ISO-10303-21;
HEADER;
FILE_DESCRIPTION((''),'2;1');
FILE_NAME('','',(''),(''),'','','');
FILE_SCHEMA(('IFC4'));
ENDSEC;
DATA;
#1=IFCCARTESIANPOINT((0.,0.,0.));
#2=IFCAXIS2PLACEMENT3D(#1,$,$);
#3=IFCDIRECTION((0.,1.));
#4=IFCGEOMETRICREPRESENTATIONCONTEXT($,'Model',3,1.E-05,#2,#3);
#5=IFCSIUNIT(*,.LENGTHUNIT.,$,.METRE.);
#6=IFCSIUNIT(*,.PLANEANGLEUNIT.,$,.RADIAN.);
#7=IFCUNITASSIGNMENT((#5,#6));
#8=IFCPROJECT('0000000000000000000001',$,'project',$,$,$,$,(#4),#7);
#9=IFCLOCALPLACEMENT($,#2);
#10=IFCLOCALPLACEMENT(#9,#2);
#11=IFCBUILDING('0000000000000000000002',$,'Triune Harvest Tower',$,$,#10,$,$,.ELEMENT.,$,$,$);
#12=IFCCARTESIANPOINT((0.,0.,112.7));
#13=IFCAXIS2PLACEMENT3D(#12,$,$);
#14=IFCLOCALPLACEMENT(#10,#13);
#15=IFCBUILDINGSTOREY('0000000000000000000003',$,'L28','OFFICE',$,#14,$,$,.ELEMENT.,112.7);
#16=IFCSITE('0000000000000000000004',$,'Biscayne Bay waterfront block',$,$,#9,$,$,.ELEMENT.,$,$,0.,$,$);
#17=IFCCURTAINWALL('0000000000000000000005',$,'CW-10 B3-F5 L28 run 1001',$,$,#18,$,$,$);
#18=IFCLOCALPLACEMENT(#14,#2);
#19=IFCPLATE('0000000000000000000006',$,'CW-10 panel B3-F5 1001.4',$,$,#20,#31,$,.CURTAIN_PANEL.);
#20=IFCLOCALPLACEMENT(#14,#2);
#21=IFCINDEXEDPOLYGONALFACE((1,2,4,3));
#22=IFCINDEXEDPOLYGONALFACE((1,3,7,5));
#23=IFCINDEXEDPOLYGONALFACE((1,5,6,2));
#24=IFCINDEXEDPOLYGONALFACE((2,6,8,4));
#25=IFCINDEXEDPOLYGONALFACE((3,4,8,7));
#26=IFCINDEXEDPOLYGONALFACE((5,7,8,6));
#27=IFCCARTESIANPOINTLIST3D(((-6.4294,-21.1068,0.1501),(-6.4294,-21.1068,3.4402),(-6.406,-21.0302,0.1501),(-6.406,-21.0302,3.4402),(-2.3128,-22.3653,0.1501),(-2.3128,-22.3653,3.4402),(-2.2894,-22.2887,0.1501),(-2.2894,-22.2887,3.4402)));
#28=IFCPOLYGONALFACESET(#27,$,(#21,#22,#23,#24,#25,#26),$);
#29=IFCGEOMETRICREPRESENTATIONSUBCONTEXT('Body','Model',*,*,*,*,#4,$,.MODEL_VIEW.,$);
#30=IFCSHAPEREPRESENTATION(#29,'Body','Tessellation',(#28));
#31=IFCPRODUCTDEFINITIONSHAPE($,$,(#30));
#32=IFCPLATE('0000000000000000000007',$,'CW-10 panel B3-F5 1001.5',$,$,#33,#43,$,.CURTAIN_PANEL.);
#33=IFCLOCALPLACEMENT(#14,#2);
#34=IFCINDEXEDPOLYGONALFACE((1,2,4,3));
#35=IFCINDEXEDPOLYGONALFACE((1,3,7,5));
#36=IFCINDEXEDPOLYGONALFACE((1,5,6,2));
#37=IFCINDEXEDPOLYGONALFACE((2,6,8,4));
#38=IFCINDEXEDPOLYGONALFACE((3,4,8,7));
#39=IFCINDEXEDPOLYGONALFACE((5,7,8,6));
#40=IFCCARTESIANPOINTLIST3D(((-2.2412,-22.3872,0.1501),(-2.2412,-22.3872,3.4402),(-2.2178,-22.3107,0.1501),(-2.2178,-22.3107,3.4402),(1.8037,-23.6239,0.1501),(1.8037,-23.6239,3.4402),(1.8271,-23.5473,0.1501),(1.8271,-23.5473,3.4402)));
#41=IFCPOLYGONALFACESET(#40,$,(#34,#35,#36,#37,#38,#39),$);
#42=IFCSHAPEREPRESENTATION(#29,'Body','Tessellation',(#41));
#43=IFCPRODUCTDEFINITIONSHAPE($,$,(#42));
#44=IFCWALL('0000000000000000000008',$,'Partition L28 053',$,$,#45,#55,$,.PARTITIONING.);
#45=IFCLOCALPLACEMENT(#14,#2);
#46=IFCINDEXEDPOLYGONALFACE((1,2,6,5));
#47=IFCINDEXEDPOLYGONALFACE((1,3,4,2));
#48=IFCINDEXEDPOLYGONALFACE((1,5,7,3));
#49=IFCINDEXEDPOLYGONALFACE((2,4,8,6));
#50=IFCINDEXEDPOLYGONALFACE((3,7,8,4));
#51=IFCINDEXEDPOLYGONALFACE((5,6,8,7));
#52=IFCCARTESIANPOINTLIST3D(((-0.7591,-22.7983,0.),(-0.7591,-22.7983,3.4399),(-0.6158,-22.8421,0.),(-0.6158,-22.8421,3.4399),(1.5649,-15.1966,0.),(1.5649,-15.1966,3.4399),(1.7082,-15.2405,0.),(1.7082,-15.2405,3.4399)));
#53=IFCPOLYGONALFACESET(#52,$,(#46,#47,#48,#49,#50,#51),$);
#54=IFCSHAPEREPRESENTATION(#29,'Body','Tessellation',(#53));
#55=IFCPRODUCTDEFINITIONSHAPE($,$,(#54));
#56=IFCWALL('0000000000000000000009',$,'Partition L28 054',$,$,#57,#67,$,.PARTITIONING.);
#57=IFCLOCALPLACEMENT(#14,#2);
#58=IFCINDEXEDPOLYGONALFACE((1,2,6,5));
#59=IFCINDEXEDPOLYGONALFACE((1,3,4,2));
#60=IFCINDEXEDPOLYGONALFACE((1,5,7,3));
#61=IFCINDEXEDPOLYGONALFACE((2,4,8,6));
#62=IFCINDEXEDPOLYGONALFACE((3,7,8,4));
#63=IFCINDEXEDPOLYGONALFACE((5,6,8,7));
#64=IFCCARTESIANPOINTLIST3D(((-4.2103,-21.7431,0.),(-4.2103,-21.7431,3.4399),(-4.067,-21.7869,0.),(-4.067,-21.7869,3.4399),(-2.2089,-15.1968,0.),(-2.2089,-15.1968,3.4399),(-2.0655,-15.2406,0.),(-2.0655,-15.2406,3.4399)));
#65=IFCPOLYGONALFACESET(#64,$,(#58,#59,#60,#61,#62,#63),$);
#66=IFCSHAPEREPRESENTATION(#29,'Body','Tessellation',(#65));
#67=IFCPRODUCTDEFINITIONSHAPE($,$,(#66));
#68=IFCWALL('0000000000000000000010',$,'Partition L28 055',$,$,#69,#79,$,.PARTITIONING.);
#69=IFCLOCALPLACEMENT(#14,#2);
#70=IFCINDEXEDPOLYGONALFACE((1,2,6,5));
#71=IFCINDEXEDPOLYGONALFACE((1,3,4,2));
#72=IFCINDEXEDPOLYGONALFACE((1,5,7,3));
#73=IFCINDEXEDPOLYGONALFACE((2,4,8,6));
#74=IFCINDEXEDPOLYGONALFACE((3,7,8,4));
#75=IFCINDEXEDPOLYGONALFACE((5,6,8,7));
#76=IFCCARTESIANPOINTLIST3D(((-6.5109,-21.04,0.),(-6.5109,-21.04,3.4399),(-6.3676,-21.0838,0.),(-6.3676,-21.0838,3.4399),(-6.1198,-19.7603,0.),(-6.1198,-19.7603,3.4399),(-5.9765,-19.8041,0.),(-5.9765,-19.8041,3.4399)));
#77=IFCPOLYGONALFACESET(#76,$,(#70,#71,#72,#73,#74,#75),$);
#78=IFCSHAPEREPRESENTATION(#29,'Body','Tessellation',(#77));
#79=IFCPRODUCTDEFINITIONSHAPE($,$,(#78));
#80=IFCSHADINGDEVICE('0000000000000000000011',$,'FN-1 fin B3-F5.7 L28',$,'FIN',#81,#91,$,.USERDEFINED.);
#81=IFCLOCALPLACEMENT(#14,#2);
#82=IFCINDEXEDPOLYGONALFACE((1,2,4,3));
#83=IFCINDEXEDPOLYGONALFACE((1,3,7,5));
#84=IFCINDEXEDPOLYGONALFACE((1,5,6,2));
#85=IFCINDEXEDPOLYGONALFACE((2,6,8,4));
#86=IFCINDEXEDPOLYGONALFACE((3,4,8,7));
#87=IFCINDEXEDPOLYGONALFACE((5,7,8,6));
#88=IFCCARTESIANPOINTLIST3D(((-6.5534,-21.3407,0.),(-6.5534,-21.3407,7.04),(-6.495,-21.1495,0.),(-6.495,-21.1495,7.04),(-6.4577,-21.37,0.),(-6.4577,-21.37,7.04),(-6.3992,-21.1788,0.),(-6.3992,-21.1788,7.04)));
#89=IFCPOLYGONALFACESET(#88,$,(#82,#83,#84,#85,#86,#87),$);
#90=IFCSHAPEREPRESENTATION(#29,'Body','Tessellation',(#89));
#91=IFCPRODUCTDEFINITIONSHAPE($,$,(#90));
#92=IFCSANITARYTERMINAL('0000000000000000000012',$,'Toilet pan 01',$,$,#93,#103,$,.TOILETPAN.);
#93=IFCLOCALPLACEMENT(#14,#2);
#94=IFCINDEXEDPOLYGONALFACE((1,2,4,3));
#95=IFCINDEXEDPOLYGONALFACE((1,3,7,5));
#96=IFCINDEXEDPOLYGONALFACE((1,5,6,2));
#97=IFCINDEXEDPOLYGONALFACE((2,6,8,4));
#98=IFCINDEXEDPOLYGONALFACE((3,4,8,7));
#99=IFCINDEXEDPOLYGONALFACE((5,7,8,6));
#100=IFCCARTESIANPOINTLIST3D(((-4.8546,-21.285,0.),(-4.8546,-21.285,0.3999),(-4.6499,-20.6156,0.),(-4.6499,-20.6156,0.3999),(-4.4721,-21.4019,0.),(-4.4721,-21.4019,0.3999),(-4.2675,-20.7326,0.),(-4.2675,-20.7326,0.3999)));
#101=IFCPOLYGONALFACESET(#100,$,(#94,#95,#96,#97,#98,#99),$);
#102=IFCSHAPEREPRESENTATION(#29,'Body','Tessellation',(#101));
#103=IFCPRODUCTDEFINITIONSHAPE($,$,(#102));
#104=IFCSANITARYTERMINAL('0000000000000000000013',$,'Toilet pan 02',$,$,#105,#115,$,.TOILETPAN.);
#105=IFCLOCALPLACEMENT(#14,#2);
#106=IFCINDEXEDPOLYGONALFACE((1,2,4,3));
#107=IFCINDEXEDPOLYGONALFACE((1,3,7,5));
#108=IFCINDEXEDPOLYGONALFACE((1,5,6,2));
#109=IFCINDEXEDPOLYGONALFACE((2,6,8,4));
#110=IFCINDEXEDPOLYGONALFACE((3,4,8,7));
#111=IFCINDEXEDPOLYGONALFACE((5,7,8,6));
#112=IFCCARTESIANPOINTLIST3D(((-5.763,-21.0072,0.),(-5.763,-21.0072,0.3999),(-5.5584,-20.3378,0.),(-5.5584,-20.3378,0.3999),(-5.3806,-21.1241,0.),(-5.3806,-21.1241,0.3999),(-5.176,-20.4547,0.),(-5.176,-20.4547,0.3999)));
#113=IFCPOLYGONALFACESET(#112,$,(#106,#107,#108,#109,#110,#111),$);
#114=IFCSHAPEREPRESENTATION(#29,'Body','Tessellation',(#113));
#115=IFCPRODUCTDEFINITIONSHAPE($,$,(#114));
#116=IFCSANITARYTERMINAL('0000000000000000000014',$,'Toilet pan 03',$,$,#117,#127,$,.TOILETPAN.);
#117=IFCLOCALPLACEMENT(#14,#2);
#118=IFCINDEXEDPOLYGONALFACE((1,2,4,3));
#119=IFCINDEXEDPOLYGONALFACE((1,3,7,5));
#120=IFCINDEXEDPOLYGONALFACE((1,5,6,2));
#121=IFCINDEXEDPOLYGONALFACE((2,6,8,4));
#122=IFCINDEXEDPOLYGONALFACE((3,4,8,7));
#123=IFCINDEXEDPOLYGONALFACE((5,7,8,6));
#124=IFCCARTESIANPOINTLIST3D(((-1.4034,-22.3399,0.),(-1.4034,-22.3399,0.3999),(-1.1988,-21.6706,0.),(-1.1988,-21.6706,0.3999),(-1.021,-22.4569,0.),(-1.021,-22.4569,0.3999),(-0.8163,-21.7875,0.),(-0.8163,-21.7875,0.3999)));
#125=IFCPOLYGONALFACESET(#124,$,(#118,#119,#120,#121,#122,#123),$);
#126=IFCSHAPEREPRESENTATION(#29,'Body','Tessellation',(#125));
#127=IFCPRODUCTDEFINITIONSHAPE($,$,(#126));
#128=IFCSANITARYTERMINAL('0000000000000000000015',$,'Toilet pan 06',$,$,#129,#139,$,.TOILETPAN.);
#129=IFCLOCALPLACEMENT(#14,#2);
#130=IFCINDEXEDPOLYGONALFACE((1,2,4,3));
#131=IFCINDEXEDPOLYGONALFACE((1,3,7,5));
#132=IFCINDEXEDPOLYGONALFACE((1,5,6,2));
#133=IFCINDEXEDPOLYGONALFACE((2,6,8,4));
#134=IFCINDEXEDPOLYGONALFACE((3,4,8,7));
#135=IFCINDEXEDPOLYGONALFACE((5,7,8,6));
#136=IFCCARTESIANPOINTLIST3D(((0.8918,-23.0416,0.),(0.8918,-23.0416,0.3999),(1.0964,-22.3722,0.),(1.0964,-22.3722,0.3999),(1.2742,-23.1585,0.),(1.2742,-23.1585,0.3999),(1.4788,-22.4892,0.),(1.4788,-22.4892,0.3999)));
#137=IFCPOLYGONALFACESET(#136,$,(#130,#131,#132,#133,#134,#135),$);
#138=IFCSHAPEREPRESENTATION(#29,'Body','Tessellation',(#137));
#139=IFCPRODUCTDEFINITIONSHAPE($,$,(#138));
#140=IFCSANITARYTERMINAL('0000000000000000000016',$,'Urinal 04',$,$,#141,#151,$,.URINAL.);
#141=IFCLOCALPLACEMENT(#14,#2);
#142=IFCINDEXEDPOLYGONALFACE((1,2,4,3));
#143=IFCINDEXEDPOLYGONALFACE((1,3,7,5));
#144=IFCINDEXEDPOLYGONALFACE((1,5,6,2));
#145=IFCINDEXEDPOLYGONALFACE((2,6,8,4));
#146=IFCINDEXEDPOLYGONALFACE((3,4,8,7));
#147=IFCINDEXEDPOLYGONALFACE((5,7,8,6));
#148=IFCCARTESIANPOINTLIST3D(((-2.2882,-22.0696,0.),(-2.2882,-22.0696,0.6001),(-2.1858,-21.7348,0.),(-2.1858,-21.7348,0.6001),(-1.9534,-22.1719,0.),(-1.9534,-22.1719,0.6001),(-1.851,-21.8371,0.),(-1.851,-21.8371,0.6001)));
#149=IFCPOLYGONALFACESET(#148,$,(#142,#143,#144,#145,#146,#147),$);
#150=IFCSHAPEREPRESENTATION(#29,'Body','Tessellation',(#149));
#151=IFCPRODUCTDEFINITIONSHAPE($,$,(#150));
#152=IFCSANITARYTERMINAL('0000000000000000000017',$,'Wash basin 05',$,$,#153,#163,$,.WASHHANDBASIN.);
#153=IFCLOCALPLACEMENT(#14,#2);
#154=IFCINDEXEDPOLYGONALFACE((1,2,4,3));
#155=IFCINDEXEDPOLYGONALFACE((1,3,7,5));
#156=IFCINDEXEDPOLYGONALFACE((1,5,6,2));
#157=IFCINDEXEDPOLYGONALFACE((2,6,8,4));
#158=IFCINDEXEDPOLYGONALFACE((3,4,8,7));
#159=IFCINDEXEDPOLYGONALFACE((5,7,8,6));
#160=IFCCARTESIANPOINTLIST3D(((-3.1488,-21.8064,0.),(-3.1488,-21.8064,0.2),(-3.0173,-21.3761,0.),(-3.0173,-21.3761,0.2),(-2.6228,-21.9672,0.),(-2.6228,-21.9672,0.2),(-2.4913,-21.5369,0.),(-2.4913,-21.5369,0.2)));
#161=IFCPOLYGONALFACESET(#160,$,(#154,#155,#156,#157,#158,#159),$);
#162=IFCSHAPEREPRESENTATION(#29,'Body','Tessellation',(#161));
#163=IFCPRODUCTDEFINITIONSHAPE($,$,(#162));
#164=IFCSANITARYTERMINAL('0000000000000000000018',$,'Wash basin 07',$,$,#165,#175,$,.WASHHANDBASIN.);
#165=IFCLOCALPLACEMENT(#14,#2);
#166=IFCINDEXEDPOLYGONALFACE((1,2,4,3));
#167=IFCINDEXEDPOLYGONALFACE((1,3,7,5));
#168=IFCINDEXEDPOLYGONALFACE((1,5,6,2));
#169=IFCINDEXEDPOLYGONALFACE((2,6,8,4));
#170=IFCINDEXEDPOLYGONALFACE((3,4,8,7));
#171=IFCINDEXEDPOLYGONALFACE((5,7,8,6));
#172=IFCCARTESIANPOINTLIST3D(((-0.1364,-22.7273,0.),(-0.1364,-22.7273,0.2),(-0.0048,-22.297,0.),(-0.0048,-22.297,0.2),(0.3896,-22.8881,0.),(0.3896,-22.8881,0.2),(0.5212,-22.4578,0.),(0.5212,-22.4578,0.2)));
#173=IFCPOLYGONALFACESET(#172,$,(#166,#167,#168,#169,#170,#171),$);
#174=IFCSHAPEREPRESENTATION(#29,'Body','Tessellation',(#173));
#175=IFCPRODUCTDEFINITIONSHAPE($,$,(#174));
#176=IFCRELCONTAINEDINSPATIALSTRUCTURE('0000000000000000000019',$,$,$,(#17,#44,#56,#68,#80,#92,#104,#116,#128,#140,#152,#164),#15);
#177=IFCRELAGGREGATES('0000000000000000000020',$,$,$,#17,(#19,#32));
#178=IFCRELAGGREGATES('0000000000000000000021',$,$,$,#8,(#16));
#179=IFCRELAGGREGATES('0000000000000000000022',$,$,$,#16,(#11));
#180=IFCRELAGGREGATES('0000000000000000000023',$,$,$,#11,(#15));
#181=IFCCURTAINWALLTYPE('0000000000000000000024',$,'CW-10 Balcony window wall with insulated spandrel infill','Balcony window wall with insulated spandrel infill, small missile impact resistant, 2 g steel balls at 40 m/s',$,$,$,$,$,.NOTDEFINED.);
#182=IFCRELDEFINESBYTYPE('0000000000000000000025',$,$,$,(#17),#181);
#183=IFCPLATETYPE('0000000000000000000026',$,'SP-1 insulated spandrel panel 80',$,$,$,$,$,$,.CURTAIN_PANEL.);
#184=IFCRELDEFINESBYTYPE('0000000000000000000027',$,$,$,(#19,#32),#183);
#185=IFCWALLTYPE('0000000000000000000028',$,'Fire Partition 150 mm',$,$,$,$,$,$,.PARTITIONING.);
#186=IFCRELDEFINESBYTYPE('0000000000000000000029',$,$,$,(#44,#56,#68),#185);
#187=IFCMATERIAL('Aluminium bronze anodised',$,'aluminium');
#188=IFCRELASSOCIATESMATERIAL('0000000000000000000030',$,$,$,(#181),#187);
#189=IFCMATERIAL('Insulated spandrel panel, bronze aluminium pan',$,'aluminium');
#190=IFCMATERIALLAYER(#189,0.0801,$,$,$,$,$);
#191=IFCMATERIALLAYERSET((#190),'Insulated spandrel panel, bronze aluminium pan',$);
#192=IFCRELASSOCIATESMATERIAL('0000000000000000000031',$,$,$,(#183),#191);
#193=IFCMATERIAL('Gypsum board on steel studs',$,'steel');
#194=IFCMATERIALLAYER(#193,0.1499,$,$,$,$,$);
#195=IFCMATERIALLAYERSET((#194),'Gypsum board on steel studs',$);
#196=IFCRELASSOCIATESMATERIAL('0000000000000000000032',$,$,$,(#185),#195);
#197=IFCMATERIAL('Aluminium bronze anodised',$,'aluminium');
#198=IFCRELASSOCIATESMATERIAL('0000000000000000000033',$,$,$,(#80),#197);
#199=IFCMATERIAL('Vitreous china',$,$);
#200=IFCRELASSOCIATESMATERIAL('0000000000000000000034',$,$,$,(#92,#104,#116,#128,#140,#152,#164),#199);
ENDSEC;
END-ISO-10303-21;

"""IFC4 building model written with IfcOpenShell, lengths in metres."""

from ifc_helpers import new_model, si_unit, direction, frame, frame_2d, origin, origin_2d, place, context, subcontext, project, spatial, rectangle, extrude, source, transform, mapped, material, layer, layer_set, type_object, element, aggregate, save


model = new_model("IFC4")

# Units and contexts
model_context = context("Model", 3, precision=1e-05, world=origin(), true_north=direction((0.0, 1.0)))
body_context = subcontext(model_context, "Body", "Model", "MODEL_VIEW")
ifc_project = project(units=[si_unit("LENGTHUNIT", "METRE"), si_unit("PLANEANGLEUNIT", "RADIAN")], contexts=[model_context])

# Site, building, storey
site_placement = place(None, origin())
site = spatial("IfcSite", under=ifc_project, at=site_placement, Name="Biscayne Bay waterfront block", CompositionType="ELEMENT", RefElevation=0.0)
building_placement = place(site_placement, origin())
building = spatial("IfcBuilding", under=site, at=building_placement, Name="Triune Harvest Tower", CompositionType="ELEMENT")
storey_placement = place(building_placement, frame((0.0, 0.0, 112.7)))
storey = spatial("IfcBuildingStorey", under=building, at=storey_placement, Name="L28", Description="OFFICE", CompositionType="ELEMENT", Elevation=112.7)

# Curtain wall, plates
ifc_material_1 = material(Name="Aluminium bronze anodised", Category="aluminium")
curtain_wall_type = type_object("IfcCurtainWallType", Name="CW-10 Balcony window wall with insulated spandrel infill", Description="Balcony window wall with insulated spandrel infill, small missile impact resistant, 2 g steel balls at 40 m/s", PredefinedType="NOTDEFINED", material=ifc_material_1)
curtain_wall_placement = place(storey_placement, origin())
curtain_wall = element("IfcCurtainWall", 1, at=curtain_wall_placement, inside=storey, type_object=curtain_wall_type, Name="CW-10 B3-F5 L28 run 1001")
ifc_material_2 = material(Name="Insulated spandrel panel, bronze aluminium pan", Category="aluminium")
ifc_layer_1 = layer(ifc_material_2, 0.0801)
ifc_layer_set_1 = layer_set([ifc_layer_1], Name="Insulated spandrel panel, bronze aluminium pan")
plate_type = type_object("IfcPlateType", Name="SP-1 insulated spandrel panel 80", PredefinedType="CURTAIN_PANEL", material=ifc_layer_set_1)
shared_shape_1 = source(origin(), body_context, "Body", "SweptSolid", [
    extrude(rectangle(XDim=4.3047, YDim=0.0801, at=origin_2d()), origin(), (0.0, 0.0, 1.0), 3.29),
])
plate_1_placement = place(storey_placement, frame((-4.3594, -21.6978, 0.1501), z_axis=(0.0, 0.0, 1.0), x_axis=(0.956305, -0.292372, 0.0)))
plate_1 = element("IfcPlate", 2, at=plate_1_placement, type_object=plate_type, Name="CW-10 panel B3-F5 1001.4", PredefinedType="CURTAIN_PANEL", context=body_context, shape_type="MappedRepresentation", body=[
    mapped(shared_shape_1, transform((0.0, 0.0, 0.0), scale=1.0)),
])
shared_shape_2 = source(origin(), body_context, "Body", "SweptSolid", [
    extrude(rectangle(XDim=4.2297, YDim=0.0801, at=origin_2d()), origin(), (0.0, 0.0, 1.0), 3.29),
])
plate_2_placement = place(storey_placement, frame((-0.207, -22.9673, 0.1501), z_axis=(0.0, 0.0, 1.0), x_axis=(0.956305, -0.292372, 0.0)))
plate_2 = element("IfcPlate", 3, at=plate_2_placement, type_object=plate_type, Name="CW-10 panel B3-F5 1001.5", PredefinedType="CURTAIN_PANEL", context=body_context, shape_type="MappedRepresentation", body=[
    mapped(shared_shape_2, transform((0.0, 0.0, 0.0), scale=1.0)),
])
aggregate(curtain_wall, [plate_1, plate_2])

# Walls
ifc_material_3 = material(Name="Gypsum board on steel studs", Category="steel")
ifc_layer_2 = layer(ifc_material_3, 0.1499)
ifc_layer_set_2 = layer_set([ifc_layer_2], Name="Gypsum board on steel studs")
wall_type = type_object("IfcWallType", Name="Fire Partition 150 mm", PredefinedType="PARTITIONING", material=ifc_layer_set_2)
shared_shape_3 = source(origin(), body_context, "Body", "SweptSolid", [
    extrude(rectangle(XDim=7.949, YDim=0.1499, at=frame_2d((3.9746, 0.0))), origin(), (0.0, 0.0, 1.0), 3.4399),
])
wall_1_placement = place(storey_placement, frame((-0.6875, -22.8203, 0.0), z_axis=(0.0, 0.0, 1.0), x_axis=(0.292365, 0.956307, 0.0)))
element("IfcWall", 4, at=wall_1_placement, inside=storey, type_object=wall_type, Name="Partition L28 053", PredefinedType="PARTITIONING", context=body_context, shape_type="MappedRepresentation", body=[
    mapped(shared_shape_3, transform((0.0, 0.0, 0.0), scale=1.0)),
])
shared_shape_4 = source(origin(), body_context, "Body", "SweptSolid", [
    extrude(rectangle(XDim=6.8455, YDim=0.1499, at=frame_2d((3.4229, 0.0))), origin(), (0.0, 0.0, 1.0), 3.4399),
])
wall_2_placement = place(storey_placement, frame((-4.1387, -21.7651, 0.0), z_axis=(0.0, 0.0, 1.0), x_axis=(0.292376, 0.956303, 0.0)))
element("IfcWall", 5, at=wall_2_placement, inside=storey, type_object=wall_type, Name="Partition L28 054", PredefinedType="PARTITIONING", context=body_context, shape_type="MappedRepresentation", body=[
    mapped(shared_shape_4, transform((0.0, 0.0, 0.0), scale=1.0)),
])
shared_shape_5 = source(origin(), body_context, "Body", "SweptSolid", [
    extrude(rectangle(XDim=1.3381, YDim=0.1499, at=frame_2d((0.6689, 0.0))), origin(), (0.0, 0.0, 1.0), 3.4399),
])
wall_3_placement = place(storey_placement, frame((-6.4392, -21.0618, 0.0), z_axis=(0.0, 0.0, 1.0), x_axis=(0.292265, 0.956337, 0.0)))
element("IfcWall", 6, at=wall_3_placement, inside=storey, type_object=wall_type, Name="Partition L28 055", PredefinedType="PARTITIONING", context=body_context, shape_type="MappedRepresentation", body=[
    mapped(shared_shape_5, transform((0.0, 0.0, 0.0), scale=1.0)),
])

# Shading device
ifc_material_4 = material(Name="Aluminium bronze anodised", Category="aluminium")
shared_shape_6 = source(origin(), body_context, "Body", "SweptSolid", [
    extrude(rectangle(XDim=0.1001, YDim=0.2, at=origin_2d()), origin(), (0.0, 0.0, 1.0), 7.04),
])
shading_device_placement = place(storey_placement, frame((-6.4763, -21.2598, 0.0), z_axis=(0.0, 0.0, 1.0), x_axis=(0.956304, -0.292373, 0.0)))
element("IfcShadingDevice", 7, at=shading_device_placement, inside=storey, material=ifc_material_4, Name="FN-1 fin B3-F5.7 L28", ObjectType="FIN", PredefinedType="USERDEFINED", context=body_context, shape_type="MappedRepresentation", body=[
    mapped(shared_shape_6, transform((0.0, 0.0, 0.0), scale=1.0)),
])

# Sanitary terminals
ifc_material_5 = material(Name="Vitreous china")
shared_shape_7 = source(origin(), body_context, "Body", "SweptSolid", [
    extrude(rectangle(XDim=0.3999, YDim=0.7, at=origin_2d()), origin(), (0.0, 0.0, 1.0), 0.3999),
])
for number, where, z_axis, x_axis, name in (
    (8, (-4.561, -21.0088, 0.0), (0.0, 0.0, 1.0), (-0.95631, 0.292355, 0.0), "Toilet pan 01"),
    (9, (-5.4695, -20.731, 0.0), (0.0, 0.0, 1.0), (-0.95631, 0.292355, 0.0), "Toilet pan 02"),
    (10, (-1.1099, -22.0637, 0.0), (0.0, 0.0, 1.0), (-0.95631, 0.292355, 0.0), "Toilet pan 03"),
    (11, (1.1853, -22.7654, 0.0), (0.0, 0.0, 1.0), (-0.956305, 0.292372, 0.0), "Toilet pan 06"),
):
    element("IfcSanitaryTerminal", number, at=place(storey_placement, frame(where, z_axis=z_axis, x_axis=x_axis)), inside=storey, material=ifc_material_5, Name=name, PredefinedType="TOILETPAN", context=body_context, shape_type="MappedRepresentation", body=[
        mapped(shared_shape_7, transform((0.0, 0.0, 0.0), scale=1.0)),
    ])
shared_shape_8 = source(origin(), body_context, "Body", "SweptSolid", [
    extrude(rectangle(XDim=0.3501, YDim=0.3501, at=origin_2d()), origin(), (0.0, 0.0, 1.0), 0.6001),
])
sanitary_terminal_placement = place(storey_placement, frame((-2.0696, -21.9534, 0.0), z_axis=(0.0, 0.0, 1.0), x_axis=(-0.95631, 0.292355, 0.0)))
element("IfcSanitaryTerminal", 12, at=sanitary_terminal_placement, inside=storey, material=ifc_material_5, Name="Urinal 04", PredefinedType="URINAL", context=body_context, shape_type="MappedRepresentation", body=[
    mapped(shared_shape_8, transform((0.0, 0.0, 0.0), scale=1.0)),
])
shared_shape_9 = source(origin(), body_context, "Body", "SweptSolid", [
    extrude(rectangle(XDim=0.55, YDim=0.45, at=origin_2d()), origin(), (0.0, 0.0, 1.0), 0.2),
])
for number, where, z_axis, x_axis, name in (
    (13, (-2.8201, -21.6716, 0.0), (0.0, 0.0, 1.0), (-0.95631, 0.292355, 0.0), "Wash basin 05"),
    (14, (0.1924, -22.5925, 0.0), (0.0, 0.0, 1.0), (-0.956305, 0.292372, 0.0), "Wash basin 07"),
):
    element("IfcSanitaryTerminal", number, at=place(storey_placement, frame(where, z_axis=z_axis, x_axis=x_axis)), inside=storey, material=ifc_material_5, Name=name, PredefinedType="WASHHANDBASIN", context=body_context, shape_type="MappedRepresentation", body=[
        mapped(shared_shape_9, transform((0.0, 0.0, 0.0), scale=1.0)),
    ])

save(model, "model.ifc")
